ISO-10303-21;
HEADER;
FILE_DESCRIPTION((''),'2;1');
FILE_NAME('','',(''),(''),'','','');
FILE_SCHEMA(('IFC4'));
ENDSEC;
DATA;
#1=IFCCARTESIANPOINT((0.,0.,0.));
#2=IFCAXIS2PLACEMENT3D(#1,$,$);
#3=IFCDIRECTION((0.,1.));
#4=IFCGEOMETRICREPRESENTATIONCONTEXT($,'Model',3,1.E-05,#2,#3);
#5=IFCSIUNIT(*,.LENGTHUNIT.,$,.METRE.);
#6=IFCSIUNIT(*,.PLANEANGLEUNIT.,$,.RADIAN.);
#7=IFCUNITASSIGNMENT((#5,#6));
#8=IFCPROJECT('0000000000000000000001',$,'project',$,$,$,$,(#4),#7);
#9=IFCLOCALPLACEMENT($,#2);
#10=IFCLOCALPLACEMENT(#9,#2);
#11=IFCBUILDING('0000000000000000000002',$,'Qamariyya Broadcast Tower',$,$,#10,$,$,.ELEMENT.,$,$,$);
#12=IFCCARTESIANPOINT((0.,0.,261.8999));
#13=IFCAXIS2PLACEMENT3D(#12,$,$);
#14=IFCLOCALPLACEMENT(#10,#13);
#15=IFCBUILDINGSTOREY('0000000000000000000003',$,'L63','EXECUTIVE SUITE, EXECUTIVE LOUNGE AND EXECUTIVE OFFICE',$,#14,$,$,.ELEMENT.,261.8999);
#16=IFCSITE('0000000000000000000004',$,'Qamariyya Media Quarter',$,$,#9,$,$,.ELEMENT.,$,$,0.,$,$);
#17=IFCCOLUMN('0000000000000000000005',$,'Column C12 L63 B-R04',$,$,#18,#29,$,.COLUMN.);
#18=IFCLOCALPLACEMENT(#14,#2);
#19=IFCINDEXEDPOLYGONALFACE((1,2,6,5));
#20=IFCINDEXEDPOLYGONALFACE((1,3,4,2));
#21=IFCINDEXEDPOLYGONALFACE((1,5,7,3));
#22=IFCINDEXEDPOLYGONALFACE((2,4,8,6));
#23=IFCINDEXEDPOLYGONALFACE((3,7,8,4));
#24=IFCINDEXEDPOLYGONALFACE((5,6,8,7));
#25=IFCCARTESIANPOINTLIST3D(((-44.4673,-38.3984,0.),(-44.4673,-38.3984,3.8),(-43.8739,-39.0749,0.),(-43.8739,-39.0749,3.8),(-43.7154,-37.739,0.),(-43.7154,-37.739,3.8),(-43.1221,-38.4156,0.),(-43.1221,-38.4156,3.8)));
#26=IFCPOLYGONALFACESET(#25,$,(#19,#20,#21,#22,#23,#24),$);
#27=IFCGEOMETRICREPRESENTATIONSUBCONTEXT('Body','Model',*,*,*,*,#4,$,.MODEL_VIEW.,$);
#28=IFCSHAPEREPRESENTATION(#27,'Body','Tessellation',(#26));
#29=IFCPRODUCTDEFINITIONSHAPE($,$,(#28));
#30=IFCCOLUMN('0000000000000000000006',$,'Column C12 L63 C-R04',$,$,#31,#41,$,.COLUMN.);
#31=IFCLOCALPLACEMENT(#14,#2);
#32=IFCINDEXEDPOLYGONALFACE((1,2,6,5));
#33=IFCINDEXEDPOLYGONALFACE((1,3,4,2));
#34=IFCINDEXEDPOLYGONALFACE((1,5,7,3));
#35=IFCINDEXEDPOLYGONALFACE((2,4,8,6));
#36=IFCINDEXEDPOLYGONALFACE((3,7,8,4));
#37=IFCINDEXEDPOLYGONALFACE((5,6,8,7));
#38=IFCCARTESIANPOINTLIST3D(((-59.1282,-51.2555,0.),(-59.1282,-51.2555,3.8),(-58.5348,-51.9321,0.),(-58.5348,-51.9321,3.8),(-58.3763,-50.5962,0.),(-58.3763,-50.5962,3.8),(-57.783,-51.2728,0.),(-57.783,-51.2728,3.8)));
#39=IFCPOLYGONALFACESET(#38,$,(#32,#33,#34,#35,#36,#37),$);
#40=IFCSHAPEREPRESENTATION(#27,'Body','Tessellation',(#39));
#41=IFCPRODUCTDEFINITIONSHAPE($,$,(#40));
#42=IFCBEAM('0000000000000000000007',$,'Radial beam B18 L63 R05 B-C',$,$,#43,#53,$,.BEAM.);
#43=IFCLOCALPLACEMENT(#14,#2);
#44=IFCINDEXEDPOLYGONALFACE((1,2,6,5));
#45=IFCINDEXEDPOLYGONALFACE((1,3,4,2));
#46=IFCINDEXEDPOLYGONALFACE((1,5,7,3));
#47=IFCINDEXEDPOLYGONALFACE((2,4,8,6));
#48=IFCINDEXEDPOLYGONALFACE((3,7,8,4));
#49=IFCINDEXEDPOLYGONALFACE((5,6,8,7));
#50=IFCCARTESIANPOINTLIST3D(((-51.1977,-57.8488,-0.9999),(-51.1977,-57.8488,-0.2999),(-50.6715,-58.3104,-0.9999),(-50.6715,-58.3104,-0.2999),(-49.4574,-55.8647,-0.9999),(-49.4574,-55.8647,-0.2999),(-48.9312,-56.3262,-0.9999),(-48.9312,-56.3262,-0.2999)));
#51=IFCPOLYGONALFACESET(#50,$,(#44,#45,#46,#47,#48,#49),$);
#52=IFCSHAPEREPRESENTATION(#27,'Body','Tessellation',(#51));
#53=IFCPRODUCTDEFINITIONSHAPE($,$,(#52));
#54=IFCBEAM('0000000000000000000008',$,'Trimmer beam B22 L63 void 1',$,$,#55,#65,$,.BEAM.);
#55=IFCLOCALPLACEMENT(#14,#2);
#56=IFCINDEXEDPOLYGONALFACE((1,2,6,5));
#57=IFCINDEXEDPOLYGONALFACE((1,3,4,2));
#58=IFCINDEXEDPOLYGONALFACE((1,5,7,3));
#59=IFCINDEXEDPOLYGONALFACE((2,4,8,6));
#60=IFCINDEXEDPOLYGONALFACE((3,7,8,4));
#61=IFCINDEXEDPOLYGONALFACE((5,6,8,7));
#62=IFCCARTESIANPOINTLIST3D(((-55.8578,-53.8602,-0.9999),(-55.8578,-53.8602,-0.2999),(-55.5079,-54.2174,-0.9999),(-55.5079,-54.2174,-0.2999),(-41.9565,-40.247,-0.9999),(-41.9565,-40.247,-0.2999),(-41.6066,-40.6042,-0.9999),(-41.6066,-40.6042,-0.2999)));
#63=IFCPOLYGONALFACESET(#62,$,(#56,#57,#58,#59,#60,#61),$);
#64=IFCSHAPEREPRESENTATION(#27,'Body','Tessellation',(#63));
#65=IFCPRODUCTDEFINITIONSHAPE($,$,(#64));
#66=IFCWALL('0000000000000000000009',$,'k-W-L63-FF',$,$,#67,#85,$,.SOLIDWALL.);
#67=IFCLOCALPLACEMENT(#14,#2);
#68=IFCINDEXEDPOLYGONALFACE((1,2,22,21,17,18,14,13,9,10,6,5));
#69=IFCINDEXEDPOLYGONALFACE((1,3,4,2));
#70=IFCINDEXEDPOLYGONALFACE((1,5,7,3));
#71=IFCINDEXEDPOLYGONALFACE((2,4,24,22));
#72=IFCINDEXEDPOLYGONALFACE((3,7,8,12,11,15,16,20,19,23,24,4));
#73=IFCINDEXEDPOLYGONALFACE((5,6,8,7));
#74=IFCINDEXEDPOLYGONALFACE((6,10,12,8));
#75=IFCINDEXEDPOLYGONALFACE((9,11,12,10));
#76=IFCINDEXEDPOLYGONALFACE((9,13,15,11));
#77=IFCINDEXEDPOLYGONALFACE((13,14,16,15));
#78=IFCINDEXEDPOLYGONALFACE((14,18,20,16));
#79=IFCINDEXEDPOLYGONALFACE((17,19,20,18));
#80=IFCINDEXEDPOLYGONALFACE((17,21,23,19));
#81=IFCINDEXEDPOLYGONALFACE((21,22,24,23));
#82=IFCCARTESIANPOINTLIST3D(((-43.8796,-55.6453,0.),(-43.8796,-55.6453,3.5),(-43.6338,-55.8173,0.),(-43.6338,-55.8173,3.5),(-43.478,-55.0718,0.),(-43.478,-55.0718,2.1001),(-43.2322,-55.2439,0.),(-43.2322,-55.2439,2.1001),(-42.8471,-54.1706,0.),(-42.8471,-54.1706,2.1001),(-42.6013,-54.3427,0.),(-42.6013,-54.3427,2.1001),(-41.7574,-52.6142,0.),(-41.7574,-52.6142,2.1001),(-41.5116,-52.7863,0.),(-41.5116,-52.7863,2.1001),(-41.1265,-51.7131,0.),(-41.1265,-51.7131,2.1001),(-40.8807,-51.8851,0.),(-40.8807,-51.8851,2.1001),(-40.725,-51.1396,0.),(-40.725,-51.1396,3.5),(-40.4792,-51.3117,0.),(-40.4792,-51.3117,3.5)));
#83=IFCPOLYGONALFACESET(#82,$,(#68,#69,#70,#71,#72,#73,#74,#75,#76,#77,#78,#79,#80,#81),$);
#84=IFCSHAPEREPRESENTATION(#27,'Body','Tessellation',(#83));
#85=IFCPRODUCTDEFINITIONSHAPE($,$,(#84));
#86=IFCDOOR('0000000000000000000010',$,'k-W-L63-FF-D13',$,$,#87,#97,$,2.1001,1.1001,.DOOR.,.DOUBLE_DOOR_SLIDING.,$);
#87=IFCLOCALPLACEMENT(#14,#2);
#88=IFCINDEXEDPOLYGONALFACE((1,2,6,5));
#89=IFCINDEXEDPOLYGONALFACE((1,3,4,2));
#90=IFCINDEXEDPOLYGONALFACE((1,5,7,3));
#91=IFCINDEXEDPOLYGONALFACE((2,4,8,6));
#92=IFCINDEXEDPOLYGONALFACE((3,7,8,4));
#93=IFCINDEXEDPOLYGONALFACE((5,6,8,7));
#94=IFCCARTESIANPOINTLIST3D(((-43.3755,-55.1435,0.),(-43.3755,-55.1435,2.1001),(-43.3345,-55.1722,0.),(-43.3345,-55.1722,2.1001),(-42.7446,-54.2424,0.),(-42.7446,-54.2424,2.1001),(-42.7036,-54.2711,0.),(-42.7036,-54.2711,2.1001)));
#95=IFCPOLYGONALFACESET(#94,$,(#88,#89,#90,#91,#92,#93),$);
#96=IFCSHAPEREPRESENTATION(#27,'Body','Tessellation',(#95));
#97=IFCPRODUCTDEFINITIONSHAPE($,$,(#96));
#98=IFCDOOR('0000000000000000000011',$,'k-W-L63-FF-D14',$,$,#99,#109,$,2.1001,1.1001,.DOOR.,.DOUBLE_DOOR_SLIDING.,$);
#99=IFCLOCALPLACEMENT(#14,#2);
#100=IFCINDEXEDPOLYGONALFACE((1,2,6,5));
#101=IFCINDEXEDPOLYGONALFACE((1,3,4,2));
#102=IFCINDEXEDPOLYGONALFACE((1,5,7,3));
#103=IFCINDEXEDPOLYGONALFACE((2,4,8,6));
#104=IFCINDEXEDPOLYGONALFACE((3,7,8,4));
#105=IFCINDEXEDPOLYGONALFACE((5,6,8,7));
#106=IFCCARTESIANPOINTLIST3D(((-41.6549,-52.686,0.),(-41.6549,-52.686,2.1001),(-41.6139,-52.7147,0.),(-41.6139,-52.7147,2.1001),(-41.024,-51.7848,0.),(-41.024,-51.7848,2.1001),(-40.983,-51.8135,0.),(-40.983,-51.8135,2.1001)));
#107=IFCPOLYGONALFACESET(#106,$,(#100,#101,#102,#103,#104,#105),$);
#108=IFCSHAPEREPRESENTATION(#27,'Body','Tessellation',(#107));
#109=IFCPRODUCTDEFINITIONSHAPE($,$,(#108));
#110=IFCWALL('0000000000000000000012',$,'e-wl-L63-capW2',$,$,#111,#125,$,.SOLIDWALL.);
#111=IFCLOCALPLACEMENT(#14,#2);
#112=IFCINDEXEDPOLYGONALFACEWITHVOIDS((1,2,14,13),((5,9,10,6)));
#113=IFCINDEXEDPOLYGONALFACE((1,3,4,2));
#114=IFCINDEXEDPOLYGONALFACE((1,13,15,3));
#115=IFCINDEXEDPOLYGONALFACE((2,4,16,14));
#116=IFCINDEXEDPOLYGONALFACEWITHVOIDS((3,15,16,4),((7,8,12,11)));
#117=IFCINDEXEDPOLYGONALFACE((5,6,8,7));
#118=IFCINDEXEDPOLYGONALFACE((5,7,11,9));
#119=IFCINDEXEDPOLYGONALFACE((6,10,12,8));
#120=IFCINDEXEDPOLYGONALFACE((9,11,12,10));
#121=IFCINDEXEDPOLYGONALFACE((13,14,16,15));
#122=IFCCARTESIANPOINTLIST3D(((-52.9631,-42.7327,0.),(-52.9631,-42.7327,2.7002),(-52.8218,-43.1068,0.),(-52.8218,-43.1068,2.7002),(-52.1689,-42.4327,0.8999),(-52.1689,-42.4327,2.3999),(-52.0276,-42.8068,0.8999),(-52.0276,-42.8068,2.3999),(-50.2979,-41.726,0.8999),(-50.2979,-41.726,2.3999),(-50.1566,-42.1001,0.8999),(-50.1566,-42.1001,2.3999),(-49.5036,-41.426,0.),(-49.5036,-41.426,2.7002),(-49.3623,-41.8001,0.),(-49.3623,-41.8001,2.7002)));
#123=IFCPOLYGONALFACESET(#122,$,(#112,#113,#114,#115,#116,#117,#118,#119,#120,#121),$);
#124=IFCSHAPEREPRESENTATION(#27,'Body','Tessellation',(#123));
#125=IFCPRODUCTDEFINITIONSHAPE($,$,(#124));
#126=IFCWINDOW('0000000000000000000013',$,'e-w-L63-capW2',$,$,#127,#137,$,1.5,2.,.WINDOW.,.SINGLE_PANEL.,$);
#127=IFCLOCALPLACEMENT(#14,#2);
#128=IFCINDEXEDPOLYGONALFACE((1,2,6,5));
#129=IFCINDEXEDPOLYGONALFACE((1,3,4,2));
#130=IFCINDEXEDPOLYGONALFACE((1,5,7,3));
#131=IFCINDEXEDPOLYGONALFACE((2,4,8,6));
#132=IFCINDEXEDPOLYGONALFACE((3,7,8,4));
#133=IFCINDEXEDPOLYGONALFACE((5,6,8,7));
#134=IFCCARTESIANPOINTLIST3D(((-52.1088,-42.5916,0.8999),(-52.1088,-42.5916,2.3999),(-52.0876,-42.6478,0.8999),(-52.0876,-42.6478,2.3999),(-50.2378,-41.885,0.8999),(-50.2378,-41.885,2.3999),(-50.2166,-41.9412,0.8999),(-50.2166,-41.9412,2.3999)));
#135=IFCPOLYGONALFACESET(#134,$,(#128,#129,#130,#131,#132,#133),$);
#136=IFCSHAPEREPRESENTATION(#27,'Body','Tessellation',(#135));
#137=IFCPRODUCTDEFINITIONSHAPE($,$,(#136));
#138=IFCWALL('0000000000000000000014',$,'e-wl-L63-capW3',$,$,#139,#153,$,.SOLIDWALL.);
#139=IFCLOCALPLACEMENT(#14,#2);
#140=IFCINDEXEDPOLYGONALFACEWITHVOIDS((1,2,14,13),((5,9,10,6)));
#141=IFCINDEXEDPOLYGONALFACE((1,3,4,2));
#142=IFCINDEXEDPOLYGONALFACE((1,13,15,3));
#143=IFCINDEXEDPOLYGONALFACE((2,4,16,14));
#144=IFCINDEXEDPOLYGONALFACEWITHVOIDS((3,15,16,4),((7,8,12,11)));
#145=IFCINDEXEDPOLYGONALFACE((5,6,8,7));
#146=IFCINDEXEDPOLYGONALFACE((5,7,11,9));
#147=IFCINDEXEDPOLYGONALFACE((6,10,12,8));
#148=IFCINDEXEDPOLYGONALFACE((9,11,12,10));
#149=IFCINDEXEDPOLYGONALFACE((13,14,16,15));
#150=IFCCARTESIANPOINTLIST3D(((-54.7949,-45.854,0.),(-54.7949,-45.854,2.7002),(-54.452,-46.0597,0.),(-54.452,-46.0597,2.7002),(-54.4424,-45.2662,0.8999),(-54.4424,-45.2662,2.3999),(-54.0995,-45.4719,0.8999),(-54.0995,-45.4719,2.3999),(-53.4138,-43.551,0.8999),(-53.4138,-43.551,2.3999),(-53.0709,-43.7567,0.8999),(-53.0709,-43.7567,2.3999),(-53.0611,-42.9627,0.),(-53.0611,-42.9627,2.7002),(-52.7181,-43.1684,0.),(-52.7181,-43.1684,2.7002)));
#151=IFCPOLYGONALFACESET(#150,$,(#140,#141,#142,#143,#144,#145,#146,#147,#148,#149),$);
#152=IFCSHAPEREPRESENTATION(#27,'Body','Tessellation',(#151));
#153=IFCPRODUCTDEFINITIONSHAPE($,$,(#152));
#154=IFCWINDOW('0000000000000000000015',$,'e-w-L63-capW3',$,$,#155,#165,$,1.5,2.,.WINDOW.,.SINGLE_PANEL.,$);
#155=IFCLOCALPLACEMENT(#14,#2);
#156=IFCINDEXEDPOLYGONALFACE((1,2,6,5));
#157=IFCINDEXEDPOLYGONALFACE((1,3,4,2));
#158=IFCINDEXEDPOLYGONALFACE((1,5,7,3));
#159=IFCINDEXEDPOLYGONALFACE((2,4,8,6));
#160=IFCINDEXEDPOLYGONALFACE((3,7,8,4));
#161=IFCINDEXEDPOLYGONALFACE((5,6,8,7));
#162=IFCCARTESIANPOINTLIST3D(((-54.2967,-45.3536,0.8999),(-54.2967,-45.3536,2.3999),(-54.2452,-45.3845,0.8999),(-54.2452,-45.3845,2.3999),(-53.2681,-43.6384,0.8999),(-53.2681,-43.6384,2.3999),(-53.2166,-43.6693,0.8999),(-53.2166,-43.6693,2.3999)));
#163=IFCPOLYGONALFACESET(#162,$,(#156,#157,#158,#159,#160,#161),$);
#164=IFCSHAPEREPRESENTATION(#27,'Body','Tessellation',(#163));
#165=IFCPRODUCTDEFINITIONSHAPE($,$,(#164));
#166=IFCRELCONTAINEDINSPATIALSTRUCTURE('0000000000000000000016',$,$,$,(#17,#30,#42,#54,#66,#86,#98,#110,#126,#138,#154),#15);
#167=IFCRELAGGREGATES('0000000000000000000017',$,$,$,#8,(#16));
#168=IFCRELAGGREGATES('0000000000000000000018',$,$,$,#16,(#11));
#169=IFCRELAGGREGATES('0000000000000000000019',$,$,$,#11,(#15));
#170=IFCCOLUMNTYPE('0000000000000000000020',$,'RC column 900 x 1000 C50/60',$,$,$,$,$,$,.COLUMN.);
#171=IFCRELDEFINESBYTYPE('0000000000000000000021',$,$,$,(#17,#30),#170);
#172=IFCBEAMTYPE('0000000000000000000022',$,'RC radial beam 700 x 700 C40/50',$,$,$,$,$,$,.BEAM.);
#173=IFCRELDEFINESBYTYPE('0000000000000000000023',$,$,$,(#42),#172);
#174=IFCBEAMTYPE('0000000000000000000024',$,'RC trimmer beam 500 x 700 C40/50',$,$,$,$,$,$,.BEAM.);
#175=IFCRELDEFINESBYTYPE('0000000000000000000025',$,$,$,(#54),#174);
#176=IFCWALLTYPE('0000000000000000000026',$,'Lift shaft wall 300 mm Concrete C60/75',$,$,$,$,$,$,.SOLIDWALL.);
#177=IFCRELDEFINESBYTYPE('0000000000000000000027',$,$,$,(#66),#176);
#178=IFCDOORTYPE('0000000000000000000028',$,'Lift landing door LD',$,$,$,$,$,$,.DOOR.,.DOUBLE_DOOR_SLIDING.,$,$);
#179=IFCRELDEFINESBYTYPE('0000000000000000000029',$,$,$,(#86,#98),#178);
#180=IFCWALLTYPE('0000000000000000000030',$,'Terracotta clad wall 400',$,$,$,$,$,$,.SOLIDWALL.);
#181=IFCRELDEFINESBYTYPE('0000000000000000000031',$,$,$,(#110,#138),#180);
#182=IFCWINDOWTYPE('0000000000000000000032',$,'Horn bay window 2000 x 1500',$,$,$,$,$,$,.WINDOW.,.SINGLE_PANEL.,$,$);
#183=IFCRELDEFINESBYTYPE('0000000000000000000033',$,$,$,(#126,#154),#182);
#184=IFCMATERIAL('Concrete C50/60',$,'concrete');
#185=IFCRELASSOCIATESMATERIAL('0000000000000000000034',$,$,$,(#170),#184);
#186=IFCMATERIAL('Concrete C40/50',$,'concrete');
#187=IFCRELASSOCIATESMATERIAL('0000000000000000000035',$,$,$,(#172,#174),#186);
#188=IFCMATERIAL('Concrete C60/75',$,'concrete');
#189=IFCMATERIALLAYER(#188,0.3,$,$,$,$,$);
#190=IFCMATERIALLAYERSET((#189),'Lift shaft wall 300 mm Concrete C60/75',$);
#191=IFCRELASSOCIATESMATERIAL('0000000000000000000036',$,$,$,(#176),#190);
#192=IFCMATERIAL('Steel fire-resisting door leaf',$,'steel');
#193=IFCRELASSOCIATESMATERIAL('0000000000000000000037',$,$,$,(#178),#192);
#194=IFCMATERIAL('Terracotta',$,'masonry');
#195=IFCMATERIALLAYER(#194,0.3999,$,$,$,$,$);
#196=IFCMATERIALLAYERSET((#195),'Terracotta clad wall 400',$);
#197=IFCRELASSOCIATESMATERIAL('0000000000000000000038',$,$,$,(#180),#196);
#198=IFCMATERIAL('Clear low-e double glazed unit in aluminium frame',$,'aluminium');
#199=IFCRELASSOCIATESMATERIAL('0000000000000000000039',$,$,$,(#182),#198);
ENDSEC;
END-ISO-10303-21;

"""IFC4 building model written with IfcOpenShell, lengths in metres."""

from ifc_helpers import new_model, si_unit, direction, frame, frame_2d, origin, origin_2d, place, context, subcontext, project, spatial, rectangle, extrude, material, layer, layer_set, material_profile, profile_set, type_object, element, fill, save


model = new_model("IFC4")

# Units and contexts
model_context = context("Model", 3, precision=1e-05, world=origin(), true_north=direction((0.0, 1.0)))
body_context = subcontext(model_context, "Body", "Model", "MODEL_VIEW")
ifc_project = project(units=[si_unit("LENGTHUNIT", "METRE"), si_unit("PLANEANGLEUNIT", "RADIAN")], contexts=[model_context])

# Site, building, storey
site_placement = place(None, origin())
site = spatial("IfcSite", under=ifc_project, at=site_placement, Name="Qamariyya Media Quarter", CompositionType="ELEMENT", RefElevation=0.0)
building_placement = place(site_placement, origin())
building = spatial("IfcBuilding", under=site, at=building_placement, Name="Qamariyya Broadcast Tower", CompositionType="ELEMENT")
storey_placement = place(building_placement, frame((0.0, 0.0, 261.8999)))
storey = spatial("IfcBuildingStorey", under=building, at=storey_placement, Name="L63", Description="EXECUTIVE SUITE, EXECUTIVE LOUNGE AND EXECUTIVE OFFICE", CompositionType="ELEMENT", Elevation=261.8999)

# Columns
ifc_material_1 = material(Name="Concrete C50/60", Category="concrete")
ifc_material_profile_1 = material_profile(ifc_material_1, rectangle(XDim=0.8999, YDim=1.0, at=origin_2d()))
ifc_profile_set_1 = profile_set([ifc_material_profile_1], Name="Concrete C50/60")
column_type = type_object("IfcColumnType", Name="RC column 900 x 1000 C50/60", PredefinedType="COLUMN", material=ifc_profile_set_1)
for number, where, z_axis, x_axis, name in (
    (1, (-43.7947, -38.407, 0.0), (0.0, 0.0, 1.0), (0.659346, -0.75184, 0.0), "Column C12 L63 B-R04"),
    (2, (-58.4556, -51.2642, 0.0), (0.0, 0.0, 1.0), (0.659346, -0.75184, 0.0), "Column C12 L63 C-R04"),
):
    element("IfcColumn", number, at=place(storey_placement, frame(where, z_axis=z_axis, x_axis=x_axis)), inside=storey, type_object=column_type, Name=name, PredefinedType="COLUMN", context=body_context, shape_type="SweptSolid", body=[
        extrude(rectangle(XDim=0.8999, YDim=1.0, at=origin_2d()), origin(), (0.0, 0.0, 1.0), 3.8),
    ])

# Beams
ifc_material_2 = material(Name="Concrete C40/50", Category="concrete")
ifc_material_profile_2 = material_profile(ifc_material_2, rectangle(XDim=0.7, YDim=0.7, at=origin_2d()))
ifc_profile_set_2 = profile_set([ifc_material_profile_2], Name="Concrete C40/50")
beam_type_1 = type_object("IfcBeamType", Name="RC radial beam 700 x 700 C40/50", PredefinedType="BEAM", material=ifc_profile_set_2)
beam_1_placement = place(storey_placement, frame((-49.1943, -56.0955, -0.6499), z_axis=(-0.659388, -0.751803, 0.0), x_axis=(0.751803, -0.659388, 0.0)))
element("IfcBeam", 3, at=beam_1_placement, inside=storey, type_object=beam_type_1, Name="Radial beam B18 L63 R05 B-C", PredefinedType="BEAM", context=body_context, shape_type="SweptSolid", body=[
    extrude(rectangle(XDim=0.7, YDim=0.7, at=origin_2d()), origin(), (0.0, 0.0, 1.0), 2.6392),
])
ifc_material_profile_3 = material_profile(ifc_material_2, rectangle(XDim=0.5, YDim=0.7, at=origin_2d()))
ifc_profile_set_3 = profile_set([ifc_material_profile_3], Name="Concrete C40/50")
beam_type_2 = type_object("IfcBeamType", Name="RC trimmer beam 500 x 700 C40/50", PredefinedType="BEAM", material=ifc_profile_set_3)
beam_2_placement = place(storey_placement, frame((-55.6829, -54.0388, -0.6499), z_axis=(0.714471, 0.699665, 0.0), x_axis=(-0.699665, 0.714471, 0.0)))
element("IfcBeam", 4, at=beam_2_placement, inside=storey, type_object=beam_type_2, Name="Trimmer beam B22 L63 void 1", PredefinedType="BEAM", context=body_context, shape_type="SweptSolid", body=[
    extrude(rectangle(XDim=0.5, YDim=0.7, at=origin_2d()), origin(), (0.0, 0.0, 1.0), 19.4568),
])

# Wall, openings, doors
ifc_material_3 = material(Name="Concrete C60/75", Category="concrete")
ifc_layer_1 = layer(ifc_material_3, 0.3)
ifc_layer_set_1 = layer_set([ifc_layer_1], Name="Lift shaft wall 300 mm Concrete C60/75")
wall_type_1 = type_object("IfcWallType", Name="Lift shaft wall 300 mm Concrete C60/75", PredefinedType="SOLIDWALL", material=ifc_layer_set_1)
wall_1_placement = place(storey_placement, frame((-43.7566, -55.7312, 0.0), z_axis=(0.0, 0.0, 1.0), x_axis=(0.573537, 0.81918, 0.0)))
wall_1 = element("IfcWall", 5, at=wall_1_placement, inside=storey, type_object=wall_type_1, Name="k-W-L63-FF", PredefinedType="SOLIDWALL", context=body_context, shape_type="SweptSolid", body=[
    extrude(rectangle(XDim=5.5002, YDim=0.3, at=frame_2d((2.75, 0.0))), origin(), (0.0, 0.0, 1.0), 3.5),
])
opening_1_placement = place(wall_1_placement, frame((0.7, 0.0, 0.0)))
opening_1 = element("IfcOpeningElement", 6, at=opening_1_placement, cuts=wall_1, PredefinedType="OPENING", context=body_context, shape_type="SweptSolid", body=[
    extrude(rectangle(XDim=1.1001, YDim=2.1001, at=frame_2d((0.55, 1.05))), frame((0.0, 0.1599, 0.0), z_axis=(0.0, -1.0, 0.0), x_axis=(1.0, 0.0, 0.0)), (0.0, 0.0, 1.0), 0.3201),
])
opening_2_placement = place(wall_1_placement, frame((3.7, 0.0, 0.0)))
opening_2 = element("IfcOpeningElement", 7, at=opening_2_placement, cuts=wall_1, PredefinedType="OPENING", context=body_context, shape_type="SweptSolid", body=[
    extrude(rectangle(XDim=1.1001, YDim=2.1001, at=frame_2d((0.55, 1.05))), frame((0.0, 0.1599, 0.0), z_axis=(0.0, -1.0, 0.0), x_axis=(1.0, 0.0, 0.0)), (0.0, 0.0, 1.0), 0.3201),
])
ifc_material_4 = material(Name="Steel fire-resisting door leaf", Category="steel")
door_type = type_object("IfcDoorType", Name="Lift landing door LD", OperationType="DOUBLE_DOOR_SLIDING", PredefinedType="DOOR", material=ifc_material_4)
door_1_placement = place(opening_1_placement, origin())
door_1 = element("IfcDoor", 8, at=door_1_placement, inside=storey, type_object=door_type, Name="k-W-L63-FF-D13", OperationType="DOUBLE_DOOR_SLIDING", OverallHeight=2.1001, OverallWidth=1.1001, PredefinedType="DOOR", context=body_context, shape_type="SweptSolid", body=[
    extrude(rectangle(XDim=1.1001, YDim=2.1001, at=frame_2d((0.55, 1.05))), frame((0.0, 0.0249, 0.0), z_axis=(0.0, -1.0, 0.0), x_axis=(1.0, 0.0, 0.0)), (0.0, 0.0, 1.0), 0.05),
])
fill(opening_1, door_1)
door_2_placement = place(opening_2_placement, origin())
door_2 = element("IfcDoor", 9, at=door_2_placement, inside=storey, type_object=door_type, Name="k-W-L63-FF-D14", OperationType="DOUBLE_DOOR_SLIDING", OverallHeight=2.1001, OverallWidth=1.1001, PredefinedType="DOOR", context=body_context, shape_type="SweptSolid", body=[
    extrude(rectangle(XDim=1.1001, YDim=2.1001, at=frame_2d((0.55, 1.05))), frame((0.0, 0.0249, 0.0), z_axis=(0.0, -1.0, 0.0), x_axis=(1.0, 0.0, 0.0)), (0.0, 0.0, 1.0), 0.05),
])
fill(opening_2, door_2)

# Walls, openings, windows
ifc_material_5 = material(Name="Terracotta", Category="masonry")
ifc_layer_2 = layer(ifc_material_5, 0.3999)
ifc_layer_set_2 = layer_set([ifc_layer_2], Name="Terracotta clad wall 400")
wall_type_2 = type_object("IfcWallType", Name="Terracotta clad wall 400", PredefinedType="SOLIDWALL", material=ifc_layer_set_2)
wall_2_placement = place(storey_placement, frame((-49.4329, -41.613, 0.0), z_axis=(0.0, 0.0, 1.0), x_axis=(-0.935496, -0.353336, 0.0)))
wall_2 = element("IfcWall", 10, at=wall_2_placement, inside=storey, type_object=wall_type_2, Name="e-wl-L63-capW2", PredefinedType="SOLIDWALL", context=body_context, shape_type="SweptSolid", body=[
    extrude(rectangle(XDim=3.698, YDim=0.3999, at=frame_2d((1.8491, 0.0))), origin(), (0.0, 0.0, 1.0), 2.7002),
])
opening_3_placement = place(wall_2_placement, frame((0.8491, 0.0, 0.8999)))
opening_3 = element("IfcOpeningElement", 11, at=opening_3_placement, cuts=wall_2, PredefinedType="OPENING", context=body_context, shape_type="SweptSolid", body=[
    extrude(rectangle(XDim=2.0, YDim=1.5, at=frame_2d((1.0, 0.75))), frame((0.0, 0.21, 0.0), z_axis=(0.0, -1.0, 0.0), x_axis=(1.0, 0.0, 0.0)), (0.0, 0.0, 1.0), 0.4199),
])
ifc_material_6 = material(Name="Clear low-e double glazed unit in aluminium frame", Category="aluminium")
window_type = type_object("IfcWindowType", Name="Horn bay window 2000 x 1500", PartitioningType="SINGLE_PANEL", PredefinedType="WINDOW", material=ifc_material_6)
window_1_placement = place(opening_3_placement, origin())
window_1 = element("IfcWindow", 12, at=window_1_placement, inside=storey, type_object=window_type, Name="e-w-L63-capW2", OverallHeight=1.5, OverallWidth=2.0, PartitioningType="SINGLE_PANEL", PredefinedType="WINDOW", context=body_context, shape_type="SweptSolid", body=[
    extrude(rectangle(XDim=2.0, YDim=1.5, at=frame_2d((1.0, 0.75))), frame((0.0, 0.03, 0.0), z_axis=(0.0, -1.0, 0.0), x_axis=(1.0, 0.0, 0.0)), (0.0, 0.0, 1.0), 0.0601),
])
fill(opening_3, window_1)
wall_3_placement = place(storey_placement, frame((-52.8896, -43.0657, 0.0), z_axis=(0.0, 0.0, 1.0), x_axis=(-0.514293, -0.857614, 0.0)))
wall_3 = element("IfcWall", 13, at=wall_3_placement, inside=storey, type_object=wall_type_2, Name="e-wl-L63-capW3", PredefinedType="SOLIDWALL", context=body_context, shape_type="SweptSolid", body=[
    extrude(rectangle(XDim=3.3713, YDim=0.3999, at=frame_2d((1.6855, 0.0))), origin(), (0.0, 0.0, 1.0), 2.7002),
])
opening_4_placement = place(wall_3_placement, frame((0.6858, 0.0, 0.8999)))
opening_4 = element("IfcOpeningElement", 14, at=opening_4_placement, cuts=wall_3, PredefinedType="OPENING", context=body_context, shape_type="SweptSolid", body=[
    extrude(rectangle(XDim=2.0, YDim=1.5, at=frame_2d((1.0, 0.75))), frame((0.0, 0.21, 0.0), z_axis=(0.0, -1.0, 0.0), x_axis=(1.0, 0.0, 0.0)), (0.0, 0.0, 1.0), 0.4199),
])
window_2_placement = place(opening_4_placement, origin())
window_2 = element("IfcWindow", 15, at=window_2_placement, inside=storey, type_object=window_type, Name="e-w-L63-capW3", OverallHeight=1.5, OverallWidth=2.0, PartitioningType="SINGLE_PANEL", PredefinedType="WINDOW", context=body_context, shape_type="SweptSolid", body=[
    extrude(rectangle(XDim=2.0, YDim=1.5, at=frame_2d((1.0, 0.75))), frame((0.0, 0.03, 0.0), z_axis=(0.0, -1.0, 0.0), x_axis=(1.0, 0.0, 0.0)), (0.0, 0.0, 1.0), 0.0601),
])
fill(opening_4, window_2)

save(model, "model.ifc")
